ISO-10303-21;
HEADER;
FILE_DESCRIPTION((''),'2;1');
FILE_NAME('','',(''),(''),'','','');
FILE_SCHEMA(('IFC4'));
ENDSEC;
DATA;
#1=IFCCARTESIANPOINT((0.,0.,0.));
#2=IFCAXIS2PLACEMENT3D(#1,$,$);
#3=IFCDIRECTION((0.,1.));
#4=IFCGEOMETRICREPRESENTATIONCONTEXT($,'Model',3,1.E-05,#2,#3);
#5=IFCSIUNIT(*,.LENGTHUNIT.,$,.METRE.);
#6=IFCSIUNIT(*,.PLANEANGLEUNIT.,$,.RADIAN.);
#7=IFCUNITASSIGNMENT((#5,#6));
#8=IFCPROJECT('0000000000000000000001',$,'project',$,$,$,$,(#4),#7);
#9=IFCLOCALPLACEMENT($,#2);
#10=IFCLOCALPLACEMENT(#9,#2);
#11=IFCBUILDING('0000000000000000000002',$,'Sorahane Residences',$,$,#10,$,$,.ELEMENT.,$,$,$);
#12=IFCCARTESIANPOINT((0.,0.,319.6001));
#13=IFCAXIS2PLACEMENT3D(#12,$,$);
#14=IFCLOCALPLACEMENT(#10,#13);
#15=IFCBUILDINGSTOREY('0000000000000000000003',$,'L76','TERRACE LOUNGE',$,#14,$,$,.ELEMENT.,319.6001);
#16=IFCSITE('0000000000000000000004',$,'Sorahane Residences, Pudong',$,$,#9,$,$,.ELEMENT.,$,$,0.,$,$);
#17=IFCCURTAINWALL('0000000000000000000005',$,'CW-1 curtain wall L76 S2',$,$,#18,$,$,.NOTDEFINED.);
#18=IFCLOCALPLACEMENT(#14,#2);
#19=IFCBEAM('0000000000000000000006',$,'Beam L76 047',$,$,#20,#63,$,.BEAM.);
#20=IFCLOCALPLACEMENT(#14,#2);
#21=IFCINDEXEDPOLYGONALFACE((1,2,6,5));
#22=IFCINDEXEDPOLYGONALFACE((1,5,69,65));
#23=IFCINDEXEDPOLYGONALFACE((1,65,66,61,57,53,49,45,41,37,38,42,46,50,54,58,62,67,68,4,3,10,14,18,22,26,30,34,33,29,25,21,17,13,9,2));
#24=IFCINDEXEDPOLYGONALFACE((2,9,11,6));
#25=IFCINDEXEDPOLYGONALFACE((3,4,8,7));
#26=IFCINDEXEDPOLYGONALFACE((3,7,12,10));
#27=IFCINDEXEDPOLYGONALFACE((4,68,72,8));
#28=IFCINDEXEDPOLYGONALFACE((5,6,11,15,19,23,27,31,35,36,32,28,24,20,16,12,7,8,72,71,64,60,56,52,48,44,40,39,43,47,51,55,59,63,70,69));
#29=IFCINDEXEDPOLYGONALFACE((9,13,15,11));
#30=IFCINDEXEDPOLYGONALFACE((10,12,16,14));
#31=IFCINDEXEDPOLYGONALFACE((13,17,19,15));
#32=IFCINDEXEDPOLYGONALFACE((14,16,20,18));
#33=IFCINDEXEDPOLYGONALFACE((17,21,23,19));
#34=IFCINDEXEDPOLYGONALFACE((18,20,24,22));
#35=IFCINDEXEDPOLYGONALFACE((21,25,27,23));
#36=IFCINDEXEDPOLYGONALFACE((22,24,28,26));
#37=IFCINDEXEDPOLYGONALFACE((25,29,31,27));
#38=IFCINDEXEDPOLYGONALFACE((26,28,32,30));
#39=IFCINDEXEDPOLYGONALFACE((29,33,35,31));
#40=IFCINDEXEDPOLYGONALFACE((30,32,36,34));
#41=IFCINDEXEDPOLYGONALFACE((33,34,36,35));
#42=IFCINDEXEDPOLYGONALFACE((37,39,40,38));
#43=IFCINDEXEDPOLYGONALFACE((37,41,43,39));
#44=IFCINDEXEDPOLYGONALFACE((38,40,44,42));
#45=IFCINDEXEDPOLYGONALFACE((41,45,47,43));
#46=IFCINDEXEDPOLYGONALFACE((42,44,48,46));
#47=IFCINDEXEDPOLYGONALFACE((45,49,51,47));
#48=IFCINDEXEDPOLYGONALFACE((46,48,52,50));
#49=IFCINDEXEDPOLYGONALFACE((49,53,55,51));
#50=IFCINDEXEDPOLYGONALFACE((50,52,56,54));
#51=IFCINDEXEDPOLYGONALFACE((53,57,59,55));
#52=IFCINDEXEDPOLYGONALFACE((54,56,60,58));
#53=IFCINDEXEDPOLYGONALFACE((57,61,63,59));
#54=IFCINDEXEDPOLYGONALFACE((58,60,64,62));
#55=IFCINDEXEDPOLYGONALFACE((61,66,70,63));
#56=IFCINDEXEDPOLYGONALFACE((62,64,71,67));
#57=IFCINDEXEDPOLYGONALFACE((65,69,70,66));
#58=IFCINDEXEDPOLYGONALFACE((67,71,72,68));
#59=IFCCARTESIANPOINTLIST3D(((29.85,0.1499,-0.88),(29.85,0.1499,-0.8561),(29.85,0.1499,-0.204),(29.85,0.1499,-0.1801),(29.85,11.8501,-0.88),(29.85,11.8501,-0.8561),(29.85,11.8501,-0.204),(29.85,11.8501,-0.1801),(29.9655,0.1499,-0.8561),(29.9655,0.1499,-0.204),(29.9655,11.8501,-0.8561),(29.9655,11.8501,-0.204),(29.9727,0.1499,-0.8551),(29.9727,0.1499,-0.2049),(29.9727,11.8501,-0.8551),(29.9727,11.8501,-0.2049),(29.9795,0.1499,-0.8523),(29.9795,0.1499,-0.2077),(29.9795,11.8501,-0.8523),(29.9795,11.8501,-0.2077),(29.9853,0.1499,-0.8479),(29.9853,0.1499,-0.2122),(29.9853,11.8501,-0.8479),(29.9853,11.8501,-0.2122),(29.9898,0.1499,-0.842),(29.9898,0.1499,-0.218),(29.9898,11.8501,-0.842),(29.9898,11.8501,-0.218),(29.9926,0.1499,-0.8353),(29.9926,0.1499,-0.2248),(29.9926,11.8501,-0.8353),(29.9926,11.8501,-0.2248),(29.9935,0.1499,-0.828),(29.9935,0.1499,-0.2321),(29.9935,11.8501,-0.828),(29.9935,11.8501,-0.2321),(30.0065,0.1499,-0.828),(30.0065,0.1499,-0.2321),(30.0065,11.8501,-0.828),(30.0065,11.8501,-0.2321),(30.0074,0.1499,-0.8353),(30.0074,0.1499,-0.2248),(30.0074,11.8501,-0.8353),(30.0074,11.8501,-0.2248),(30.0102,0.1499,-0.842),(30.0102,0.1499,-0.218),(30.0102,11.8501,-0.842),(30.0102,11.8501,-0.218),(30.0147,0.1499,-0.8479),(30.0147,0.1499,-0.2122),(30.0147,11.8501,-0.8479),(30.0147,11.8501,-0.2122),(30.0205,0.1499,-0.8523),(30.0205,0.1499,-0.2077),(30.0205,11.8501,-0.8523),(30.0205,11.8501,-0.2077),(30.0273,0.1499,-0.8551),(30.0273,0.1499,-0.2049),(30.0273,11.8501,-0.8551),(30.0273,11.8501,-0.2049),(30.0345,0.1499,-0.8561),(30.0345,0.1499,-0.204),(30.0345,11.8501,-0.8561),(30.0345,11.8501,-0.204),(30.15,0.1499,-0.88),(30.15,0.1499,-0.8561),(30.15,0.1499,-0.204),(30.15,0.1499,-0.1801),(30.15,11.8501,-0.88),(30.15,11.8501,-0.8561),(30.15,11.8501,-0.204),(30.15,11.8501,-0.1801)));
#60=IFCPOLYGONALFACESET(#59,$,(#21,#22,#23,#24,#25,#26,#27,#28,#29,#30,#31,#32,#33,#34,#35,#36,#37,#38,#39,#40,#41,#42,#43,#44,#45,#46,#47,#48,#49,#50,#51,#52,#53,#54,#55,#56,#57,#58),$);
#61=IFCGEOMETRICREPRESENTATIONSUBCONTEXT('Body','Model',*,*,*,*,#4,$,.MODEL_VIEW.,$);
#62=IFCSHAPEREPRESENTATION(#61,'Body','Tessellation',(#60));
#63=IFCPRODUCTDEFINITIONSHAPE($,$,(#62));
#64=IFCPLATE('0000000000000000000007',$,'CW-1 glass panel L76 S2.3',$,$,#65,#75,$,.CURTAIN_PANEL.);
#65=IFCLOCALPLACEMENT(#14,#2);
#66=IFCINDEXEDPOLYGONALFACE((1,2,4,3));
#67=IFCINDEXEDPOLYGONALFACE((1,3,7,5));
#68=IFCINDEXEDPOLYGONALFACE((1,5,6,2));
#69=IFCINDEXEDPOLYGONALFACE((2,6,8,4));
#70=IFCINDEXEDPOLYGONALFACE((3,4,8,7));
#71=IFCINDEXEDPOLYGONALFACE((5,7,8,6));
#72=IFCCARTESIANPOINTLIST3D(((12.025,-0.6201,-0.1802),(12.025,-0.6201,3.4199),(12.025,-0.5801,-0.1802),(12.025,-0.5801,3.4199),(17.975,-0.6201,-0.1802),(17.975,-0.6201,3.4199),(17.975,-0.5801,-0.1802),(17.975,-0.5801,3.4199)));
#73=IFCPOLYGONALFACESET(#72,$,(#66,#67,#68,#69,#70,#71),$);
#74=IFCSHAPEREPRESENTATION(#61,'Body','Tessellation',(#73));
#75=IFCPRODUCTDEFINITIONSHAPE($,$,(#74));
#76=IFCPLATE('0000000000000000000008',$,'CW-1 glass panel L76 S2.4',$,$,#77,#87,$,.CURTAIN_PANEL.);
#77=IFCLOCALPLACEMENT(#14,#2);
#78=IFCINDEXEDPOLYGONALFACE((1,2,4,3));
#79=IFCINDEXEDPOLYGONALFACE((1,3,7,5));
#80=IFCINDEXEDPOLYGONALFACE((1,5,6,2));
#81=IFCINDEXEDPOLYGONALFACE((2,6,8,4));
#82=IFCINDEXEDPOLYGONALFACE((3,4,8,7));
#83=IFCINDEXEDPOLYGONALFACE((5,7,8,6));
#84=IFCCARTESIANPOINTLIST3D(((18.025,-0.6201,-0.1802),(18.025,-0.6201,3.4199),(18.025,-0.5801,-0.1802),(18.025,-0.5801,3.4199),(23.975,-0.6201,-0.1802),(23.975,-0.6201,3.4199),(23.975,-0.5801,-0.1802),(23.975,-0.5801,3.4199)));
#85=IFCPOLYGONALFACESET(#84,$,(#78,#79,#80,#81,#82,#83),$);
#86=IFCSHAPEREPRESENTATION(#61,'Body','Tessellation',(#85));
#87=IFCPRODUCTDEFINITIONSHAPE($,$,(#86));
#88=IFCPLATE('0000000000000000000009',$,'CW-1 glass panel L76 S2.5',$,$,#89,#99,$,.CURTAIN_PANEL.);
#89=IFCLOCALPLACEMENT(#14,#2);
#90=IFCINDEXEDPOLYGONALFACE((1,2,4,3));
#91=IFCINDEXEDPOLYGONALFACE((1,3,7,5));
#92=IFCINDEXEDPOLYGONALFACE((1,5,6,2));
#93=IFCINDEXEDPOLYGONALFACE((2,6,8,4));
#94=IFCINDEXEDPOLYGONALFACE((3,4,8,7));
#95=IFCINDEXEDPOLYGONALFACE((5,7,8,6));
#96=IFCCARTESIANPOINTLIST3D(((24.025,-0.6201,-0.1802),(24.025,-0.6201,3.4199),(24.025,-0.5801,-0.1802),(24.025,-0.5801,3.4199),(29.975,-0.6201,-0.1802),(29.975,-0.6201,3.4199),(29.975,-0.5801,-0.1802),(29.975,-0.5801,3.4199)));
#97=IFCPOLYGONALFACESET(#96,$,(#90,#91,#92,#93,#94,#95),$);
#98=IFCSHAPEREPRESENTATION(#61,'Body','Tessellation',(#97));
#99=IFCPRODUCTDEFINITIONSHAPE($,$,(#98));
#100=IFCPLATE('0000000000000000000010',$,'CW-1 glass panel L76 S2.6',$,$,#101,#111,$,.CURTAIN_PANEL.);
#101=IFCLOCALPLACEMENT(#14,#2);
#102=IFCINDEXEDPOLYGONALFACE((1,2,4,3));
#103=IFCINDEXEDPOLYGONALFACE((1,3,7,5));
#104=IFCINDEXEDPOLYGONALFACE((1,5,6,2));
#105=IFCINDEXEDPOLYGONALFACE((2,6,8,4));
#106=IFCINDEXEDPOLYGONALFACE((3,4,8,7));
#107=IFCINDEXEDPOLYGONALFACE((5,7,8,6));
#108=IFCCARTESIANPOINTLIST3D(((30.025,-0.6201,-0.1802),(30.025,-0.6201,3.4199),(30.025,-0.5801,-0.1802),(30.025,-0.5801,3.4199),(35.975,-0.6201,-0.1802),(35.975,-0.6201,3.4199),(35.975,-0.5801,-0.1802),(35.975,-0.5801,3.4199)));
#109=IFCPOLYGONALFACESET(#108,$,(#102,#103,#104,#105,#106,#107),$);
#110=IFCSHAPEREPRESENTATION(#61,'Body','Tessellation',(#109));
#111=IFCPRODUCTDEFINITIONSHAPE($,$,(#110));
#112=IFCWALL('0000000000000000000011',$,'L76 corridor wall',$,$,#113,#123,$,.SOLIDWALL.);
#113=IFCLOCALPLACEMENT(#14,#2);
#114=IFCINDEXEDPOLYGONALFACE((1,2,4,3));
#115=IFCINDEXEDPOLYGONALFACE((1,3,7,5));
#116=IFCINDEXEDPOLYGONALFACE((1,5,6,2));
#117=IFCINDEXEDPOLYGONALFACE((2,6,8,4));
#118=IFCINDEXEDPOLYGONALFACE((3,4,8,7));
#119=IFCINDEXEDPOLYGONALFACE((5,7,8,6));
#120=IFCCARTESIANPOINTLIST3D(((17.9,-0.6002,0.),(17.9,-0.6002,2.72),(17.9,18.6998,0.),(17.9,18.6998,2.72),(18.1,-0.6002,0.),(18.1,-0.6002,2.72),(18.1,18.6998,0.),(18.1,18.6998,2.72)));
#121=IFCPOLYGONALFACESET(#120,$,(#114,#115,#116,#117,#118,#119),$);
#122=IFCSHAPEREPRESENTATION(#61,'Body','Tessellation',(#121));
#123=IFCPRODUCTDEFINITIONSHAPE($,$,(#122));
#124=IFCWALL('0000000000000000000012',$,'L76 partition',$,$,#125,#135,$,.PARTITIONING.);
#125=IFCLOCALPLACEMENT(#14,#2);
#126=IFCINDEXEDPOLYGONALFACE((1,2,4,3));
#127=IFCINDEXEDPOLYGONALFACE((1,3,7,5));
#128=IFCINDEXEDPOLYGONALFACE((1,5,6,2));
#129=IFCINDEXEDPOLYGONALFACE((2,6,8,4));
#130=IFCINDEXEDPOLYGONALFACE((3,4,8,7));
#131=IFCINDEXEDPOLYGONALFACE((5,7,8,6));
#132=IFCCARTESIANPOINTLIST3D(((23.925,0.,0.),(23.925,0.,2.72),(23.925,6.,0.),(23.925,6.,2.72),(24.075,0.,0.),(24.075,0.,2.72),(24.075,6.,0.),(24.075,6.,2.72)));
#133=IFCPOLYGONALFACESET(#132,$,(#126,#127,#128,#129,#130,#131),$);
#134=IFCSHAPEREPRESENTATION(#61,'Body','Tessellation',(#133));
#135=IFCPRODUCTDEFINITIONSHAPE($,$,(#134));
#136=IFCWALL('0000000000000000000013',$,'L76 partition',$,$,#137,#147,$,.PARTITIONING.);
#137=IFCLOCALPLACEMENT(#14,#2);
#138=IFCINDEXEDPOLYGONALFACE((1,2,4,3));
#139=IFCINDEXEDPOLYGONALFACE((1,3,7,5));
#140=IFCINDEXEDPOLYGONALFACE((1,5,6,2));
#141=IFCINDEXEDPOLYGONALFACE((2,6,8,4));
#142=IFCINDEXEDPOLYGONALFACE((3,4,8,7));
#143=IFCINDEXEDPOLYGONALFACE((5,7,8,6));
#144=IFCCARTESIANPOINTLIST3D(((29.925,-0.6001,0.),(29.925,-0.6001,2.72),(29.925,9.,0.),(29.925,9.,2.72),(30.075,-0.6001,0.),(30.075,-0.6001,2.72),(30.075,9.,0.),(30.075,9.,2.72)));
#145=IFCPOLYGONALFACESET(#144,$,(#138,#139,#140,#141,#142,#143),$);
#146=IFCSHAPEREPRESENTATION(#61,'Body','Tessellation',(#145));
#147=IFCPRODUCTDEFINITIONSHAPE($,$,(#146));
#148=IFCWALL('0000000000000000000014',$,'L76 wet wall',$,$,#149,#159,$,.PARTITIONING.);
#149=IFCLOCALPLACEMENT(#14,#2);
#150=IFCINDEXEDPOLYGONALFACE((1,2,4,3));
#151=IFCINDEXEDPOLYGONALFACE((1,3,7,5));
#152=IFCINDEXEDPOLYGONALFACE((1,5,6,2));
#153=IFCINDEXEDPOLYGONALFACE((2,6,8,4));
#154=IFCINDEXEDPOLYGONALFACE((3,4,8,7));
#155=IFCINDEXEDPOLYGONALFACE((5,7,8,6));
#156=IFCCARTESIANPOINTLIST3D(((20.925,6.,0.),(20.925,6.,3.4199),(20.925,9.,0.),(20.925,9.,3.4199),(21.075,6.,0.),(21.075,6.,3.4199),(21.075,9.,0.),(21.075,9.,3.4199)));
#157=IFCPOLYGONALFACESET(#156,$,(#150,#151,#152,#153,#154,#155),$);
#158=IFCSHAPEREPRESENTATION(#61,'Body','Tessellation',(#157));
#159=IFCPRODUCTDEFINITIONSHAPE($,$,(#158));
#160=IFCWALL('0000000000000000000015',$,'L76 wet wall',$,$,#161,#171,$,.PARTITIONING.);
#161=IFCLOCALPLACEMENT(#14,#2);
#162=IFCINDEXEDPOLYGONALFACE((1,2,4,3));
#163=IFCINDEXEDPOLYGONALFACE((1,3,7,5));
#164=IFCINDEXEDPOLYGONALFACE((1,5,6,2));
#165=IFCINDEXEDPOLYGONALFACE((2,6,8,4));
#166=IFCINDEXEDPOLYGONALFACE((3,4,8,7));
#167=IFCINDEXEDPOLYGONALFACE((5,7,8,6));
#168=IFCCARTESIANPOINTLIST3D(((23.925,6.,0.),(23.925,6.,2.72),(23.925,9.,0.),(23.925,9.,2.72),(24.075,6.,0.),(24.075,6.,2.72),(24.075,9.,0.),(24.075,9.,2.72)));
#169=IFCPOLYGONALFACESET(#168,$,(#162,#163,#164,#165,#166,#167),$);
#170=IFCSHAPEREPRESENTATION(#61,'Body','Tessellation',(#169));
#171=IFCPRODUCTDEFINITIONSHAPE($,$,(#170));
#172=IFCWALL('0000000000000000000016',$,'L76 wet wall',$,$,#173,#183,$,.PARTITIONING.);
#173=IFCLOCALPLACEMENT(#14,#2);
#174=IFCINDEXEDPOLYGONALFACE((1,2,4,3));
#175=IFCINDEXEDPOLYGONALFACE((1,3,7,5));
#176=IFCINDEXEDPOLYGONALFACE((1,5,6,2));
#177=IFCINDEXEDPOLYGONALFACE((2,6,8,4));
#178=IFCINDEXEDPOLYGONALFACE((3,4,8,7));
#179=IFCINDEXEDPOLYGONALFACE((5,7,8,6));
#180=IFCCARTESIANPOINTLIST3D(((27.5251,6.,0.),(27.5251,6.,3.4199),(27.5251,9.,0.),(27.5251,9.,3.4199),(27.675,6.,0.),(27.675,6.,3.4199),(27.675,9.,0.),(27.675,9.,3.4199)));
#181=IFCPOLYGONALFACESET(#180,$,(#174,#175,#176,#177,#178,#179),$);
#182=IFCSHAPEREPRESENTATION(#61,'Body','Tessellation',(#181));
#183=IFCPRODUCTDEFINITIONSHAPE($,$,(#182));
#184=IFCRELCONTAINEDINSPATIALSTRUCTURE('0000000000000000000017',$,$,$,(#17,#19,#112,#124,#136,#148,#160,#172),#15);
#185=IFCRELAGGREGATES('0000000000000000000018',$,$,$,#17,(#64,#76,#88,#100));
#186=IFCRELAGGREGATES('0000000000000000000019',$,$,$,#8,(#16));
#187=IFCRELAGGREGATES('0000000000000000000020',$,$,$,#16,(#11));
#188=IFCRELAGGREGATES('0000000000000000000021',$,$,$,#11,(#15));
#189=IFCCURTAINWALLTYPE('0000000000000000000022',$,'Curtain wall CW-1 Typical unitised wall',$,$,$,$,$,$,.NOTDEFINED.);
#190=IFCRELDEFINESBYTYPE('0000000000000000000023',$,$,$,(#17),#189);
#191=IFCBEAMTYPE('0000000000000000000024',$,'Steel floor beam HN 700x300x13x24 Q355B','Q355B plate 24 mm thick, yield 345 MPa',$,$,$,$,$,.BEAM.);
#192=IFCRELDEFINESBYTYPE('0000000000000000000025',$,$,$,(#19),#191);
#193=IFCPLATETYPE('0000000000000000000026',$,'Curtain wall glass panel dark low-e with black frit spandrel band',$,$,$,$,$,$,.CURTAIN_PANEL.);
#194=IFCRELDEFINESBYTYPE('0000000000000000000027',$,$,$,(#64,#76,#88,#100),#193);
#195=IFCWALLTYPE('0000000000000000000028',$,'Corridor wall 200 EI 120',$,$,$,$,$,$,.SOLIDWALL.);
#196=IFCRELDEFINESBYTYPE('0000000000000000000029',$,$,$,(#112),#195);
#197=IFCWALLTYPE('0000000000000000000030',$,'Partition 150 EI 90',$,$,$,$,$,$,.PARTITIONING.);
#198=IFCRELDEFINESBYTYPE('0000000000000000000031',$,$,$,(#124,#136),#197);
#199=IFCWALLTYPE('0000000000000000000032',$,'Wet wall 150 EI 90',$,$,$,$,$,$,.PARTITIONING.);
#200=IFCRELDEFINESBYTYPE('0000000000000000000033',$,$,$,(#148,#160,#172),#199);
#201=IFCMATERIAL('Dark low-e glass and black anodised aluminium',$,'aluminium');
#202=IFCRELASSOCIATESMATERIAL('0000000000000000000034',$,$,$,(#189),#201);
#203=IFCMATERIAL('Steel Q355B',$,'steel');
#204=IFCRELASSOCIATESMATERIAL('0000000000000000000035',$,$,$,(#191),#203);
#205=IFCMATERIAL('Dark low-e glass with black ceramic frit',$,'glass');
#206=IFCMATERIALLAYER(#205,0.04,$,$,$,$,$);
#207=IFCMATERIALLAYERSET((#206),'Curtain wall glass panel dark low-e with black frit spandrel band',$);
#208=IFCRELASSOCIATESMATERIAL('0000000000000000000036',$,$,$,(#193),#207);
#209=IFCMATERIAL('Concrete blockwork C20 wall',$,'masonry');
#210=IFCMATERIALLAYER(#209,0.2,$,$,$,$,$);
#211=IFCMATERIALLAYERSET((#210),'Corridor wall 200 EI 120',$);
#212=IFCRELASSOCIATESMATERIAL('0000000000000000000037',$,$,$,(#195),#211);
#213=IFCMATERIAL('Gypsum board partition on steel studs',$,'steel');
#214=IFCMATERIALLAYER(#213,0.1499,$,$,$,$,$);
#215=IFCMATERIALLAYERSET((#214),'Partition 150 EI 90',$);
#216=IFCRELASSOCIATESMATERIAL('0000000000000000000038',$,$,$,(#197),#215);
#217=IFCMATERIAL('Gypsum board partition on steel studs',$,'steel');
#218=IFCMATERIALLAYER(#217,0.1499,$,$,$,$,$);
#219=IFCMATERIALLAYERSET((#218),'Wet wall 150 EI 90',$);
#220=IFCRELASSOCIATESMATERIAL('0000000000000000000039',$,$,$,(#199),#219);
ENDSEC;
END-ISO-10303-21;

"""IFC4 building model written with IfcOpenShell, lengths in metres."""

from ifc_helpers import new_model, si_unit, direction, frame, frame_2d, origin, origin_2d, place, context, subcontext, project, spatial, rectangle, i_section, extrude, material, layer, layer_set, material_profile, profile_set, type_object, element, aggregate, save


model = new_model("IFC4")

# Units and contexts
model_context = context("Model", 3, precision=1e-05, world=origin(), true_north=direction((0.0, 1.0)))
body_context = subcontext(model_context, "Body", "Model", "MODEL_VIEW")
ifc_project = project(units=[si_unit("LENGTHUNIT", "METRE"), si_unit("PLANEANGLEUNIT", "RADIAN")], contexts=[model_context])

# Site, building, storey
site_placement = place(None, origin())
site = spatial("IfcSite", under=ifc_project, at=site_placement, Name="Sorahane Residences, Pudong", CompositionType="ELEMENT", RefElevation=0.0)
building_placement = place(site_placement, origin())
building = spatial("IfcBuilding", under=site, at=building_placement, Name="Sorahane Residences", CompositionType="ELEMENT")
storey_placement = place(building_placement, frame((0.0, 0.0, 319.6001)))
storey = spatial("IfcBuildingStorey", under=building, at=storey_placement, Name="L76", Description="TERRACE LOUNGE", CompositionType="ELEMENT", Elevation=319.6001)

# Curtain wall
ifc_material_1 = material(Name="Dark low-e glass and black anodised aluminium", Category="aluminium")
curtain_wall_type = type_object("IfcCurtainWallType", Name="Curtain wall CW-1 Typical unitised wall", PredefinedType="NOTDEFINED", material=ifc_material_1)
curtain_wall_placement = place(storey_placement, origin())
curtain_wall = element("IfcCurtainWall", 1, at=curtain_wall_placement, inside=storey, type_object=curtain_wall_type, Name="CW-1 curtain wall L76 S2", PredefinedType="NOTDEFINED")

# Beam
ifc_material_2 = material(Name="Steel Q355B", Category="steel")
ifc_material_profile_1 = material_profile(ifc_material_2, i_section(OverallWidth=0.3, OverallDepth=0.7, WebThickness=0.0129, FlangeThickness=0.0239, FilletRadius=0.0281, at=origin_2d()), Name="HN 700x300x13x24")
ifc_profile_set_1 = profile_set([ifc_material_profile_1], Name="Steel Q355B")
beam_type_1 = type_object("IfcBeamType", Name="Steel floor beam HN 700x300x13x24 Q355B", Description="Q355B plate 24 mm thick, yield 345 MPa", PredefinedType="BEAM", material=ifc_profile_set_1)
beam_1_placement = place(storey_placement, frame((30.0, 0.1499, -0.53), z_axis=(0.0, 1.0, 0.0), x_axis=(-1.0, 0.0, 0.0)))
element("IfcBeam", 2, at=beam_1_placement, inside=storey, type_object=beam_type_1, Name="Beam L76 047", PredefinedType="BEAM", context=body_context, shape_type="SweptSolid", body=[
    extrude(i_section(OverallWidth=0.3, OverallDepth=0.7, WebThickness=0.0129, FlangeThickness=0.0239, FilletRadius=0.0281, at=origin_2d()), origin(), (0.0, 0.0, 1.0), 11.7002),
])

# Plates
ifc_material_3 = material(Name="Dark low-e glass with black ceramic frit", Category="glass")
ifc_layer_1 = layer(ifc_material_3, 0.04)
ifc_layer_set_1 = layer_set([ifc_layer_1], Name="Curtain wall glass panel dark low-e with black frit spandrel band")
plate_type = type_object("IfcPlateType", Name="Curtain wall glass panel dark low-e with black frit spandrel band", PredefinedType="CURTAIN_PANEL", material=ifc_layer_set_1)
plate_1_placement = place(storey_placement, frame((15.0, -0.6001, -0.1802), z_axis=(0.0, 0.0, 1.0), x_axis=(1.0, 0.0, 0.0)))
plate_1 = element("IfcPlate", 3, at=plate_1_placement, type_object=plate_type, Name="CW-1 glass panel L76 S2.3", PredefinedType="CURTAIN_PANEL", context=body_context, shape_type="SweptSolid", body=[
    extrude(rectangle(XDim=5.95, YDim=0.04, at=origin_2d()), origin(), (0.0, 0.0, 1.0), 3.6001),
])
plate_2_placement = place(storey_placement, frame((21.0, -0.6001, -0.1802), z_axis=(0.0, 0.0, 1.0), x_axis=(1.0, 0.0, 0.0)))
plate_2 = element("IfcPlate", 4, at=plate_2_placement, type_object=plate_type, Name="CW-1 glass panel L76 S2.4", PredefinedType="CURTAIN_PANEL", context=body_context, shape_type="SweptSolid", body=[
    extrude(rectangle(XDim=5.95, YDim=0.04, at=origin_2d()), origin(), (0.0, 0.0, 1.0), 3.6001),
])
plate_3_placement = place(storey_placement, frame((27.0, -0.6001, -0.1802), z_axis=(0.0, 0.0, 1.0), x_axis=(1.0, 0.0, 0.0)))
plate_3 = element("IfcPlate", 5, at=plate_3_placement, type_object=plate_type, Name="CW-1 glass panel L76 S2.5", PredefinedType="CURTAIN_PANEL", context=body_context, shape_type="SweptSolid", body=[
    extrude(rectangle(XDim=5.95, YDim=0.04, at=origin_2d()), origin(), (0.0, 0.0, 1.0), 3.6001),
])
plate_4_placement = place(storey_placement, frame((33.0, -0.6001, -0.1802), z_axis=(0.0, 0.0, 1.0), x_axis=(1.0, 0.0, 0.0)))
plate_4 = element("IfcPlate", 6, at=plate_4_placement, type_object=plate_type, Name="CW-1 glass panel L76 S2.6", PredefinedType="CURTAIN_PANEL", context=body_context, shape_type="SweptSolid", body=[
    extrude(rectangle(XDim=5.95, YDim=0.04, at=origin_2d()), origin(), (0.0, 0.0, 1.0), 3.6001),
])
aggregate(curtain_wall, [plate_1, plate_2, plate_3, plate_4])

# Walls
ifc_material_4 = material(Name="Concrete blockwork C20 wall", Category="masonry")
ifc_layer_2 = layer(ifc_material_4, 0.2)
ifc_layer_set_2 = layer_set([ifc_layer_2], Name="Corridor wall 200 EI 120")
wall_type_1 = type_object("IfcWallType", Name="Corridor wall 200 EI 120", PredefinedType="SOLIDWALL", material=ifc_layer_set_2)
wall_1_placement = place(storey_placement, frame((18.0, -0.6001, 0.0), z_axis=(0.0, 0.0, 1.0), x_axis=(0.0, 1.0, 0.0)))
element("IfcWall", 7, at=wall_1_placement, inside=storey, type_object=wall_type_1, Name="L76 corridor wall", PredefinedType="SOLIDWALL", context=body_context, shape_type="SweptSolid", body=[
    extrude(rectangle(XDim=19.3, YDim=0.2, at=frame_2d((9.6499, 0.0))), origin(), (0.0, 0.0, 1.0), 2.72),
])
ifc_material_5 = material(Name="Gypsum board partition on steel studs", Category="steel")
ifc_layer_3 = layer(ifc_material_5, 0.1499)
ifc_layer_set_3 = layer_set([ifc_layer_3], Name="Partition 150 EI 90")
wall_type_2 = type_object("IfcWallType", Name="Partition 150 EI 90", PredefinedType="PARTITIONING", material=ifc_layer_set_3)
wall_2_placement = place(storey_placement, frame((24.0, 0.0, 0.0), z_axis=(0.0, 0.0, 1.0), x_axis=(0.0, 1.0, 0.0)))
element("IfcWall", 8, at=wall_2_placement, inside=storey, type_object=wall_type_2, Name="L76 partition", PredefinedType="PARTITIONING", context=body_context, shape_type="SweptSolid", body=[
    extrude(rectangle(XDim=6.0, YDim=0.1499, at=frame_2d((3.0, 0.0))), origin(), (0.0, 0.0, 1.0), 2.72),
])
wall_3_placement = place(storey_placement, frame((30.0, -0.6001, 0.0), z_axis=(0.0, 0.0, 1.0), x_axis=(0.0, 1.0, 0.0)))
element("IfcWall", 9, at=wall_3_placement, inside=storey, type_object=wall_type_2, Name="L76 partition", PredefinedType="PARTITIONING", context=body_context, shape_type="SweptSolid", body=[
    extrude(rectangle(XDim=9.6001, YDim=0.1499, at=frame_2d((4.8, 0.0))), origin(), (0.0, 0.0, 1.0), 2.72),
])

# Walls
ifc_material_6 = material(Name="Gypsum board partition on steel studs", Category="steel")
ifc_layer_4 = layer(ifc_material_6, 0.1499)
ifc_layer_set_4 = layer_set([ifc_layer_4], Name="Wet wall 150 EI 90")
wall_type_3 = type_object("IfcWallType", Name="Wet wall 150 EI 90", PredefinedType="PARTITIONING", material=ifc_layer_set_4)
wall_4_placement = place(storey_placement, frame((21.0, 6.0, 0.0), z_axis=(0.0, 0.0, 1.0), x_axis=(0.0, 1.0, 0.0)))
element("IfcWall", 10, at=wall_4_placement, inside=storey, type_object=wall_type_3, Name="L76 wet wall", PredefinedType="PARTITIONING", context=body_context, shape_type="SweptSolid", body=[
    extrude(rectangle(XDim=3.0, YDim=0.1499, at=frame_2d((1.5, 0.0))), origin(), (0.0, 0.0, 1.0), 3.4199),
])
wall_5_placement = place(storey_placement, frame((24.0, 6.0, 0.0), z_axis=(0.0, 0.0, 1.0), x_axis=(0.0, 1.0, 0.0)))
element("IfcWall", 11, at=wall_5_placement, inside=storey, type_object=wall_type_3, Name="L76 wet wall", PredefinedType="PARTITIONING", context=body_context, shape_type="SweptSolid", body=[
    extrude(rectangle(XDim=3.0, YDim=0.1499, at=frame_2d((1.5, 0.0))), origin(), (0.0, 0.0, 1.0), 2.72),
])
wall_6_placement = place(storey_placement, frame((27.6001, 6.0, 0.0), z_axis=(0.0, 0.0, 1.0), x_axis=(0.0, 1.0, 0.0)))
element("IfcWall", 12, at=wall_6_placement, inside=storey, type_object=wall_type_3, Name="L76 wet wall", PredefinedType="PARTITIONING", context=body_context, shape_type="SweptSolid", body=[
    extrude(rectangle(XDim=3.0, YDim=0.1499, at=frame_2d((1.5, 0.0))), origin(), (0.0, 0.0, 1.0), 3.4199),
])

save(model, "model.ifc")
